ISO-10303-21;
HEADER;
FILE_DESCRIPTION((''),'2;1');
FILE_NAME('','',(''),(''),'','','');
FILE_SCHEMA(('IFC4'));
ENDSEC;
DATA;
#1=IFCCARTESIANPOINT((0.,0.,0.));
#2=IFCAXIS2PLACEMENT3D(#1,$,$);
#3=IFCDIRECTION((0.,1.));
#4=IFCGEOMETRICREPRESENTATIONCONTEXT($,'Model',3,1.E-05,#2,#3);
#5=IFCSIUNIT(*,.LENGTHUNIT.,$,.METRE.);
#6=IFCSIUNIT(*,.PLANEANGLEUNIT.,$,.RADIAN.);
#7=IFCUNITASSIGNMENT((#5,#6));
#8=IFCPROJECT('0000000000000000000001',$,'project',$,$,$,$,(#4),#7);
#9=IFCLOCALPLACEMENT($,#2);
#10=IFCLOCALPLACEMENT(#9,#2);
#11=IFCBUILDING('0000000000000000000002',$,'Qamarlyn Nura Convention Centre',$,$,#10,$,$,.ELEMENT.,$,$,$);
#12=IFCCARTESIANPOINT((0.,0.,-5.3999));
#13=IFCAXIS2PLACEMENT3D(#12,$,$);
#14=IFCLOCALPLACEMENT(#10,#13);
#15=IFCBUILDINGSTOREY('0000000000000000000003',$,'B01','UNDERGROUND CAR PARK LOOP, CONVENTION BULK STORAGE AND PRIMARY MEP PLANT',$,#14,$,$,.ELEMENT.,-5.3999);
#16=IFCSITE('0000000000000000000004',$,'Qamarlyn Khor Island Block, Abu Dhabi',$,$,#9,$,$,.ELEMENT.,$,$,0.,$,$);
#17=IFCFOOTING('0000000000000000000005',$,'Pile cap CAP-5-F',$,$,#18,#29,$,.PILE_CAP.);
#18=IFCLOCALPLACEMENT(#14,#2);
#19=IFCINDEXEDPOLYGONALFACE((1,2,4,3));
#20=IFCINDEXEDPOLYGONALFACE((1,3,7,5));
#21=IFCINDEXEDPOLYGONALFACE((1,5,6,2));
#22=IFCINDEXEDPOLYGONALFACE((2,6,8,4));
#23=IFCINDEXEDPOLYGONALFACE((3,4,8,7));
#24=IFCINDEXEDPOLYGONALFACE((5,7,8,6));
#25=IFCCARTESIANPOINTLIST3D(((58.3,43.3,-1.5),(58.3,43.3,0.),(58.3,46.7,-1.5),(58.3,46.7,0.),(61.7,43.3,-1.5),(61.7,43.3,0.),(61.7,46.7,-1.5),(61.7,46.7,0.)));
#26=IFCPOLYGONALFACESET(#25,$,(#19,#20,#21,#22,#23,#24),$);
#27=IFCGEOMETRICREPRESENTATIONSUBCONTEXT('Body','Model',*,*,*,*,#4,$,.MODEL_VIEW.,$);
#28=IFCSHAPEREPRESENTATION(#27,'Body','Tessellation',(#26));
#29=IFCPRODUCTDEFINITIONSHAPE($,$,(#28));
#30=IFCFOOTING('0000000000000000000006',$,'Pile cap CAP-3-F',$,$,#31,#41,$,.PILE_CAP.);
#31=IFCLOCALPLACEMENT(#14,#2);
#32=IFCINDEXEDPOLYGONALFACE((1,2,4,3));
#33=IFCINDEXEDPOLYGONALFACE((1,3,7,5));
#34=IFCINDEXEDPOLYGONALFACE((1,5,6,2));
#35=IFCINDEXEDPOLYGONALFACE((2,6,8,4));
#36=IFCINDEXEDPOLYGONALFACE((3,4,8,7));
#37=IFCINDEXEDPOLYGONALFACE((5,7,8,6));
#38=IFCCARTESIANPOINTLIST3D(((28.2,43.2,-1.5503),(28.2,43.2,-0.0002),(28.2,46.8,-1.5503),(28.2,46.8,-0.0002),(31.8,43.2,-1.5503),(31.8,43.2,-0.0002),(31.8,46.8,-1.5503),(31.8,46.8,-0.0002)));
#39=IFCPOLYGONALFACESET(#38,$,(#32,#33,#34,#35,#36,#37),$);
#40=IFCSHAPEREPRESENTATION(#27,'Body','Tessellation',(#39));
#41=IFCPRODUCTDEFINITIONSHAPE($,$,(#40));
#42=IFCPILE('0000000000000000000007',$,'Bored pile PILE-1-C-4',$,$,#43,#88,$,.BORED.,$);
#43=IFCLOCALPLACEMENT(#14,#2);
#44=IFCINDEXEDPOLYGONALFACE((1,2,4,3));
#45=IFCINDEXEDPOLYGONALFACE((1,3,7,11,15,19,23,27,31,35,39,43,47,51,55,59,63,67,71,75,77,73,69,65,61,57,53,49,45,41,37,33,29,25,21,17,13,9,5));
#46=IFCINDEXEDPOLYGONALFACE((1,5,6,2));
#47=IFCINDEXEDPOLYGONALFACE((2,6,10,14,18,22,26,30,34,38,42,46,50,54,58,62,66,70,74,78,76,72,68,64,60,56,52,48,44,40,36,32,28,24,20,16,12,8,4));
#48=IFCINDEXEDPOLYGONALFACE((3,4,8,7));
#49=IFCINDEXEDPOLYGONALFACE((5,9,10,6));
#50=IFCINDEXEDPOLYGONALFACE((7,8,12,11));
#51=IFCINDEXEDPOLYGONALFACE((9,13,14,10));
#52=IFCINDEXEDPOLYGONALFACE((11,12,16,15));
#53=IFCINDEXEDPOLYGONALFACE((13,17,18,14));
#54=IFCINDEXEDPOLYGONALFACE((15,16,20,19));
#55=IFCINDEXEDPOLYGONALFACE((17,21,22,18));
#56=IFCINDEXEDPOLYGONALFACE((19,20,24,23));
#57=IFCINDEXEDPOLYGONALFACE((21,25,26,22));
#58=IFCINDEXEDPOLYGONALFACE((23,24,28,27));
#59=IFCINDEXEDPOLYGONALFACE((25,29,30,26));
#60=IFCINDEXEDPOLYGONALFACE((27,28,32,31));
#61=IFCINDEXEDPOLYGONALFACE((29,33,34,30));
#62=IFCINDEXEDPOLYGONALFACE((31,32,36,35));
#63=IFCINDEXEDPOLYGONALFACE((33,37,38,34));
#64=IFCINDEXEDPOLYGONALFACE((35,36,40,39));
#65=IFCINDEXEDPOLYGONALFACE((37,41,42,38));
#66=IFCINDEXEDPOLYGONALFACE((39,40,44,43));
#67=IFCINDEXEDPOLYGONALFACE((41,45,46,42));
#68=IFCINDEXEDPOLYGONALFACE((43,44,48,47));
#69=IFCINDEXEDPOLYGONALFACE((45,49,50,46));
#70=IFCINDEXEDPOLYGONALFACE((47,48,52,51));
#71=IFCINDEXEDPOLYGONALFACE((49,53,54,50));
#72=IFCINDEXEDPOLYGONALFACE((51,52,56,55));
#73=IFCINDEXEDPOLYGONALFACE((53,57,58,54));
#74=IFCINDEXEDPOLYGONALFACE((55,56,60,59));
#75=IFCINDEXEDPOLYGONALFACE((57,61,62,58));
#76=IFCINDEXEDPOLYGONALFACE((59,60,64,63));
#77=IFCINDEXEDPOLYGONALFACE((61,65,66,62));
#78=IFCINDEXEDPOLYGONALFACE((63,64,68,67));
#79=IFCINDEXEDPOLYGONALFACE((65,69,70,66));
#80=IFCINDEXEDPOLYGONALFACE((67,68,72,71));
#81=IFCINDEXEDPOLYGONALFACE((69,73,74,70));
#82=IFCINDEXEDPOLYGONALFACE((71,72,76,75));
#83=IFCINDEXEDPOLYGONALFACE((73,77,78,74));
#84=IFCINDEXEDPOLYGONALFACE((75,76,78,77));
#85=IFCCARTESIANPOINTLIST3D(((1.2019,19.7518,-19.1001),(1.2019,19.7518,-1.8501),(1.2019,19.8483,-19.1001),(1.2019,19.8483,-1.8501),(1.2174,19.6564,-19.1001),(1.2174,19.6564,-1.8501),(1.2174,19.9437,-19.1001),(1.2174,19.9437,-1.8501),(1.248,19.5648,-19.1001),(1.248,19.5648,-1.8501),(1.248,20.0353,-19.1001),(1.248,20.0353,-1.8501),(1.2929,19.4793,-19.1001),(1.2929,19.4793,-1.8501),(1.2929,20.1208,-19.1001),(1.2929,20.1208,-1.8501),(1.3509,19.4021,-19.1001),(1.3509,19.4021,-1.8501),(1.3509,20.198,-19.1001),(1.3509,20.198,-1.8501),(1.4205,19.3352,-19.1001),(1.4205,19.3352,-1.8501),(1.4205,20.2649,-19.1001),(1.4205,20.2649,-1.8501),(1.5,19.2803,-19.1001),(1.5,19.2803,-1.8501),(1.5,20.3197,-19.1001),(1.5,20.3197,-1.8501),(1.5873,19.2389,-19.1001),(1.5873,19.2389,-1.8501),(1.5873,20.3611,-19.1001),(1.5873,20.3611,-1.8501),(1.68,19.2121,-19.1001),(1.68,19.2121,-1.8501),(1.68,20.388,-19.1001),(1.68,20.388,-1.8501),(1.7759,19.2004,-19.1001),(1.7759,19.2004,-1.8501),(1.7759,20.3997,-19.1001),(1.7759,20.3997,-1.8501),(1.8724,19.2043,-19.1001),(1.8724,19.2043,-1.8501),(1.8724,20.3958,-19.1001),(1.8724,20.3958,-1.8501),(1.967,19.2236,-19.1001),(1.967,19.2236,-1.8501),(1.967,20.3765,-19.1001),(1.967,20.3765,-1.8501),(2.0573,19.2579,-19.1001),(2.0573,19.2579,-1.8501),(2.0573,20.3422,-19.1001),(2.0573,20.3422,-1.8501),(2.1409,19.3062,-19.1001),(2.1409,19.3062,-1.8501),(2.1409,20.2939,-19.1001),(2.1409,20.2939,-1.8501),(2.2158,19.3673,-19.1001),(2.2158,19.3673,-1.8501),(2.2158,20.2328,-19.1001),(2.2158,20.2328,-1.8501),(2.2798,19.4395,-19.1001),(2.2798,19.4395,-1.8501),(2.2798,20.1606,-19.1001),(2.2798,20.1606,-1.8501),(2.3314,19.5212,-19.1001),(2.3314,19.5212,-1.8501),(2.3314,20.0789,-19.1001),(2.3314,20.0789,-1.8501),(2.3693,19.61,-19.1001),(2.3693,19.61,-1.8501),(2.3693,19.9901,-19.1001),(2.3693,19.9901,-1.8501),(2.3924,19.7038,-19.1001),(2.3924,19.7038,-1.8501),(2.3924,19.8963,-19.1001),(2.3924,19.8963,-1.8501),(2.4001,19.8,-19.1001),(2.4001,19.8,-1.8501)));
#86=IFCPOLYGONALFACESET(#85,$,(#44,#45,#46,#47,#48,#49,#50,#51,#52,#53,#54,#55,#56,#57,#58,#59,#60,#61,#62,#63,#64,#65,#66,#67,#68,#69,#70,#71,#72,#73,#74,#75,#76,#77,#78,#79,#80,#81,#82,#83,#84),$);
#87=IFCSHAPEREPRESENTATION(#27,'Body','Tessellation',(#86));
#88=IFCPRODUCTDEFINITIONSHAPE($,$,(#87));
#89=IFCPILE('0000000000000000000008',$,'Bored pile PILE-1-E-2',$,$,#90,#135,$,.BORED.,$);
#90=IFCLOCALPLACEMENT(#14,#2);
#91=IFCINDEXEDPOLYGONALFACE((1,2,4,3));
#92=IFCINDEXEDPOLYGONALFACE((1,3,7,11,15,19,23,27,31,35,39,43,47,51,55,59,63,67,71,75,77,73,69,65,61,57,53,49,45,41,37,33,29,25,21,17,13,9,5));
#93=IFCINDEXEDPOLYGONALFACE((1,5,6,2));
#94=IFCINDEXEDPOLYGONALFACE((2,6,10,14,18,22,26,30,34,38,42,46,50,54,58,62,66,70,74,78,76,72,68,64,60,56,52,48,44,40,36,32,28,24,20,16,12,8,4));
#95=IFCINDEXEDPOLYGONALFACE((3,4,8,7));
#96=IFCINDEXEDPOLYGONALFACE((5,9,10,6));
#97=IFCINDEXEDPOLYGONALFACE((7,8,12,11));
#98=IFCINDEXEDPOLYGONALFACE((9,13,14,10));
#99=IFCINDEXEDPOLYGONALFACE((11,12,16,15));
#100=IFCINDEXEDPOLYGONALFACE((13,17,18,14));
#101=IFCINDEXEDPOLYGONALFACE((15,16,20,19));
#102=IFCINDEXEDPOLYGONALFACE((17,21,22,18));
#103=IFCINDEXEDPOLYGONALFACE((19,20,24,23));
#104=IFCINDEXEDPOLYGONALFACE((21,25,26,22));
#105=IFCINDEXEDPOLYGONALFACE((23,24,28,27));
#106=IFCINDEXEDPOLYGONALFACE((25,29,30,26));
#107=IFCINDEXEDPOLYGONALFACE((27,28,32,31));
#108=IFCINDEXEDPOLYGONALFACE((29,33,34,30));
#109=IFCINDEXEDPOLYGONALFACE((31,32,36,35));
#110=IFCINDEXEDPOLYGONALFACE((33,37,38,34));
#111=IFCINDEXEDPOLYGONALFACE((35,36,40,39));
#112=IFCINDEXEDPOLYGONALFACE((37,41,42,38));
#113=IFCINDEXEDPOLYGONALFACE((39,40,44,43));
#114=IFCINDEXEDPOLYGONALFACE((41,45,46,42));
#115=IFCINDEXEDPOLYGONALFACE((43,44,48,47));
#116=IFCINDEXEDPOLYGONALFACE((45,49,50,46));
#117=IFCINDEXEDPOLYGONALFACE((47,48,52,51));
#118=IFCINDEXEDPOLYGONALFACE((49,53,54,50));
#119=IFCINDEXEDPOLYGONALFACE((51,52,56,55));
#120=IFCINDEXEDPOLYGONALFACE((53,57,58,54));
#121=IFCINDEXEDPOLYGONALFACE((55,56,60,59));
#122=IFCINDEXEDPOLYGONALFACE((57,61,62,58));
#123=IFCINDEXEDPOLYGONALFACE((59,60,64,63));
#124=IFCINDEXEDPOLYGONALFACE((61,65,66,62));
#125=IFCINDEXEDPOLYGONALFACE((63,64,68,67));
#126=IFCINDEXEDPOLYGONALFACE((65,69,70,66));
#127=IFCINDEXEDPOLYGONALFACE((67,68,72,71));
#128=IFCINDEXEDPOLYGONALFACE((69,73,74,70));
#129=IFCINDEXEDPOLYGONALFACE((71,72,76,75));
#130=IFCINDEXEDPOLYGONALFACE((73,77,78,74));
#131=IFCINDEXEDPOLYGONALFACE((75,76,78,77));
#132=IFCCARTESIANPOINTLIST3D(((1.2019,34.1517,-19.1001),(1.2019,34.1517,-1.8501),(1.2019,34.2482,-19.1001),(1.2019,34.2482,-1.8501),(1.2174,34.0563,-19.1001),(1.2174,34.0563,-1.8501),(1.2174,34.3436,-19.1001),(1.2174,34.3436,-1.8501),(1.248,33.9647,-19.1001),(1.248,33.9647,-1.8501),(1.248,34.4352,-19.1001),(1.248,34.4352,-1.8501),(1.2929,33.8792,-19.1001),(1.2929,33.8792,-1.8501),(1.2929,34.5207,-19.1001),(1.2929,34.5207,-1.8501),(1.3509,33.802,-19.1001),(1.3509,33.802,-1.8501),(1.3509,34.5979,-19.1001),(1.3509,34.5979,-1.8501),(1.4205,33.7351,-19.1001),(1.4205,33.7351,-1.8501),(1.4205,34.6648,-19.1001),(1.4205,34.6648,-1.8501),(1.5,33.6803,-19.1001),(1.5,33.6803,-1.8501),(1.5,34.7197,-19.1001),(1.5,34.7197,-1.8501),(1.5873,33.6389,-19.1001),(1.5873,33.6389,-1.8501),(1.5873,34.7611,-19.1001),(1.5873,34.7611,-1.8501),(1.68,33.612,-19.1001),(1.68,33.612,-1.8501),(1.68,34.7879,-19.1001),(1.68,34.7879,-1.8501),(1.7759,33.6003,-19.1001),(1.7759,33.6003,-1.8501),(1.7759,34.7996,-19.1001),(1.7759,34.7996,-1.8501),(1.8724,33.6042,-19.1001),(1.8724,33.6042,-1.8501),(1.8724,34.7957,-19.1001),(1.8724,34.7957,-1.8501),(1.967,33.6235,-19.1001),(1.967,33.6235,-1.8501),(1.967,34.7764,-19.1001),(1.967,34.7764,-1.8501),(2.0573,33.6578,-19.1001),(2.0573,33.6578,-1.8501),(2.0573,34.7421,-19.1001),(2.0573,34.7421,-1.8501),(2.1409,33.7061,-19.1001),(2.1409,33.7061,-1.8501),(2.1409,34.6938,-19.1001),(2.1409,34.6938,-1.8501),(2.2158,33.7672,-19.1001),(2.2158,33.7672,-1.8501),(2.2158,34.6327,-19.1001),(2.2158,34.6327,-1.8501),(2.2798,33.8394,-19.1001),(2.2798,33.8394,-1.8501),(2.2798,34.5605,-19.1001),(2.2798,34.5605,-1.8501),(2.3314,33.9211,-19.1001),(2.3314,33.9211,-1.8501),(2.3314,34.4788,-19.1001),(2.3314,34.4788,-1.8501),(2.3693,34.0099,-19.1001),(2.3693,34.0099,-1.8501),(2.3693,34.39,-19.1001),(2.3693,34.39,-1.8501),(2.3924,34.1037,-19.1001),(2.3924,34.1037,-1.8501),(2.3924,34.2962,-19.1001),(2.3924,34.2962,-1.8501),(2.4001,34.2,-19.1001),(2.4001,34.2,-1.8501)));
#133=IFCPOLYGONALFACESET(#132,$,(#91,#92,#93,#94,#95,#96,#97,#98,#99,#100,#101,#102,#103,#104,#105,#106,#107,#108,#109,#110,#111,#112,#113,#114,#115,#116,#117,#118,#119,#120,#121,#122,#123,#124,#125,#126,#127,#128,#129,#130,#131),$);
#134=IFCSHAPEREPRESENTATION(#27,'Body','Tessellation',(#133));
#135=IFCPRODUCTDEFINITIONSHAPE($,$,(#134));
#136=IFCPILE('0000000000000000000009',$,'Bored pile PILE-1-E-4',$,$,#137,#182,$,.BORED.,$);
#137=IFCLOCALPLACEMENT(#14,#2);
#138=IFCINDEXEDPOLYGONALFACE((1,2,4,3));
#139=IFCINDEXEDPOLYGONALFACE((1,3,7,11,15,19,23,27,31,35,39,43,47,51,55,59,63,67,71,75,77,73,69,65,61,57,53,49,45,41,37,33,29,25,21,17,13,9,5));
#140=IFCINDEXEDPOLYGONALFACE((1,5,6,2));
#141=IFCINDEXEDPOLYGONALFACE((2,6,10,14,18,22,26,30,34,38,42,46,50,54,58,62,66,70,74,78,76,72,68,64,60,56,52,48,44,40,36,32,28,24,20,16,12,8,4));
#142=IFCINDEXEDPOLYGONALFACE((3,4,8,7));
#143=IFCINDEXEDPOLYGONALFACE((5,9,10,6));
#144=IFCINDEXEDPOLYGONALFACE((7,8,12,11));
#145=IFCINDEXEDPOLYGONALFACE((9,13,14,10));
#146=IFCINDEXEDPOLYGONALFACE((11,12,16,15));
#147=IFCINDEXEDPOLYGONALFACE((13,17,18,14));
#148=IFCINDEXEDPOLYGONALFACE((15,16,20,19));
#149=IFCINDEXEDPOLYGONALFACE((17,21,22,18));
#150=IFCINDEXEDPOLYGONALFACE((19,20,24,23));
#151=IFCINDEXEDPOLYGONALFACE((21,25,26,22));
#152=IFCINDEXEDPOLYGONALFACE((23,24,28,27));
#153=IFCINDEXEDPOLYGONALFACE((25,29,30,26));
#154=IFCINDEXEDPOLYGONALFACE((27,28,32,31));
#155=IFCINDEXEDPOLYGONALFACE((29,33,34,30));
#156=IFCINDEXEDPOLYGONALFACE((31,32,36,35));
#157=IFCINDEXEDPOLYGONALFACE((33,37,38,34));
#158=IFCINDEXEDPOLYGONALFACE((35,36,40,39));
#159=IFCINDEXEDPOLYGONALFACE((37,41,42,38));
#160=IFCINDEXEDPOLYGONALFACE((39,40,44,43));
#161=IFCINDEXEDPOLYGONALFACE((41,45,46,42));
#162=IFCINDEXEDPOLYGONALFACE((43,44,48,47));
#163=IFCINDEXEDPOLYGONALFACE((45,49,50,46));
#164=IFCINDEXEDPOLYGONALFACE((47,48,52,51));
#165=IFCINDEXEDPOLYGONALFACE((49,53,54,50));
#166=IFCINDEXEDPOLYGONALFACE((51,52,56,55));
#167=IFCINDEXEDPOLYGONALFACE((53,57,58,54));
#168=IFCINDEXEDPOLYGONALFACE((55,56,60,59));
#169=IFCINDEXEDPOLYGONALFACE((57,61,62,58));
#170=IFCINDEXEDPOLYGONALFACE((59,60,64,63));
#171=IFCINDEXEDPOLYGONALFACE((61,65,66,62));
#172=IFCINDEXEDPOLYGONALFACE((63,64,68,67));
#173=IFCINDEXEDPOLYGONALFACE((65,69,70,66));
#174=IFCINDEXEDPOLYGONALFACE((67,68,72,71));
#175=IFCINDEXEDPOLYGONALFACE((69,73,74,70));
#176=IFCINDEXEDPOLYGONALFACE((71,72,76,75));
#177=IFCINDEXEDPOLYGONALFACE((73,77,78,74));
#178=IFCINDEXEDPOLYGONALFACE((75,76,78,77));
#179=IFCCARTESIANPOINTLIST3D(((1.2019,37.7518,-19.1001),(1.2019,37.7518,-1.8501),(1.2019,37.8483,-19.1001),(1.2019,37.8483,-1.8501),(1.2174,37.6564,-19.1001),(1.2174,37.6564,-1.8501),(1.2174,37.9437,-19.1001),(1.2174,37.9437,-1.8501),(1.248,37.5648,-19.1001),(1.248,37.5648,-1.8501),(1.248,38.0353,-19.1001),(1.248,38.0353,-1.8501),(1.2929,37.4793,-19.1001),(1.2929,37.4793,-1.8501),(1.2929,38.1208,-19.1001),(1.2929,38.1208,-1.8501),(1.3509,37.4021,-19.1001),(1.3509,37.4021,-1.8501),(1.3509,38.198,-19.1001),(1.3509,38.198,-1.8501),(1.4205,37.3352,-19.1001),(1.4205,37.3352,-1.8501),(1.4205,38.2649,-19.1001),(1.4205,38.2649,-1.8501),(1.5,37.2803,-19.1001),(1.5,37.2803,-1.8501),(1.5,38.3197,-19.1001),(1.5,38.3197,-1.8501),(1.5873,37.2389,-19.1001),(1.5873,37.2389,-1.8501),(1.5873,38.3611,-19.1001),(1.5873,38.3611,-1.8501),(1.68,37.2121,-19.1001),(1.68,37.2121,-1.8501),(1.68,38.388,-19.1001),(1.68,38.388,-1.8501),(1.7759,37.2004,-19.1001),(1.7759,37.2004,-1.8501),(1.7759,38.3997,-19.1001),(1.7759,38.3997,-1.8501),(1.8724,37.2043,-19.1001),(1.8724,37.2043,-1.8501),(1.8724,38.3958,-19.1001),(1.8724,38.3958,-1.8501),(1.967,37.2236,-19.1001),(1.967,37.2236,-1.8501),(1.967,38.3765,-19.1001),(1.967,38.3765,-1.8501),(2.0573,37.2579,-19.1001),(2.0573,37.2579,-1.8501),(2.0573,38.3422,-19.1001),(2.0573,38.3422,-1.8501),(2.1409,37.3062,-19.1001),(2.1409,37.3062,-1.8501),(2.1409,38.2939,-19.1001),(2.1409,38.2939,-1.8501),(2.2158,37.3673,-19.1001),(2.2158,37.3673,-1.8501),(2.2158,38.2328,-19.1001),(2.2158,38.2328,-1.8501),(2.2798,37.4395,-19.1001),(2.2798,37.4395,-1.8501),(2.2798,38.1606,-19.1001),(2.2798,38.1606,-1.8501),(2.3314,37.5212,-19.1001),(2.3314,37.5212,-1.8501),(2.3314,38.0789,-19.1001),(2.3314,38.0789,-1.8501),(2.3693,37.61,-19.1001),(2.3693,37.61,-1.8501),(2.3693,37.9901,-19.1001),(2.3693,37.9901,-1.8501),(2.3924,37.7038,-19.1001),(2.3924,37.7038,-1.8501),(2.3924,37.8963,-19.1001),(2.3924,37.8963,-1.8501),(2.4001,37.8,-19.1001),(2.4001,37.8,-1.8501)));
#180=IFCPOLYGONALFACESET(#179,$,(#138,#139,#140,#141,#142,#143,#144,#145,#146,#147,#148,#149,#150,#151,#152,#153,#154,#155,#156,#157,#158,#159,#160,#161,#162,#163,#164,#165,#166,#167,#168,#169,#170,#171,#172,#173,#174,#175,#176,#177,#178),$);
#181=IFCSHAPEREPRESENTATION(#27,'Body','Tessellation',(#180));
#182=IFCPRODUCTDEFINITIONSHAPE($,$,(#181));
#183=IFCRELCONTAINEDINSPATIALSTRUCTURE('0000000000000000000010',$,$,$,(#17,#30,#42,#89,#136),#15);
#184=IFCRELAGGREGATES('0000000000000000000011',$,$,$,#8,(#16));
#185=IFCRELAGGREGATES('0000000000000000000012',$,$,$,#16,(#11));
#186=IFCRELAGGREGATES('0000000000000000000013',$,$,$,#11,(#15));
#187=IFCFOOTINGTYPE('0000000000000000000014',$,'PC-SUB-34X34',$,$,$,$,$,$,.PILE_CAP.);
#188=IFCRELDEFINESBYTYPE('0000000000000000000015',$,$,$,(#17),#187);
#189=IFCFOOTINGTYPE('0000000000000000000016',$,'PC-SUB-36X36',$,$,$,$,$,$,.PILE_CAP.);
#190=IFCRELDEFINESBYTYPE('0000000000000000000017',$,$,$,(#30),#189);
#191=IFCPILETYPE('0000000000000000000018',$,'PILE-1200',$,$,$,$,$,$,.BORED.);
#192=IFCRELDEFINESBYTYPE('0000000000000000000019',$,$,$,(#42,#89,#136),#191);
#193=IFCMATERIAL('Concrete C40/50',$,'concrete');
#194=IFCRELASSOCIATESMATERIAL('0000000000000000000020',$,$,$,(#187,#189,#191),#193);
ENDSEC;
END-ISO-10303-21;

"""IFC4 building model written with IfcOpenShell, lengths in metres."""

from ifc_helpers import new_model, si_unit, direction, frame, origin, origin_2d, place, context, subcontext, project, spatial, rectangle, circle, extrude, material, material_profile, profile_set, type_object, element, save


model = new_model("IFC4")

# Units and contexts
model_context = context("Model", 3, precision=1e-05, world=origin(), true_north=direction((0.0, 1.0)))
body_context = subcontext(model_context, "Body", "Model", "MODEL_VIEW")
ifc_project = project(units=[si_unit("LENGTHUNIT", "METRE"), si_unit("PLANEANGLEUNIT", "RADIAN")], contexts=[model_context])

# Site, building, storey
site_placement = place(None, origin())
site = spatial("IfcSite", under=ifc_project, at=site_placement, Name="Qamarlyn Khor Island Block, Abu Dhabi", CompositionType="ELEMENT", RefElevation=0.0)
building_placement = place(site_placement, origin())
building = spatial("IfcBuilding", under=site, at=building_placement, Name="Qamarlyn Nura Convention Centre", CompositionType="ELEMENT")
storey_placement = place(building_placement, frame((0.0, 0.0, -5.3999)))
storey = spatial("IfcBuildingStorey", under=building, at=storey_placement, Name="B01", Description="UNDERGROUND CAR PARK LOOP, CONVENTION BULK STORAGE AND PRIMARY MEP PLANT", CompositionType="ELEMENT", Elevation=-5.3999)

# Footings
ifc_material_1 = material(Name="Concrete C40/50", Category="concrete")
footing_type_1 = type_object("IfcFootingType", Name="PC-SUB-34X34", PredefinedType="PILE_CAP", material=ifc_material_1)
footing_1_placement = place(storey_placement, frame((60.0, 45.0, -1.5), z_axis=(0.0, 0.0, 1.0), x_axis=(1.0, 0.0, 0.0)))
element("IfcFooting", 1, at=footing_1_placement, inside=storey, type_object=footing_type_1, Name="Pile cap CAP-5-F", PredefinedType="PILE_CAP", context=body_context, shape_type="SweptSolid", body=[
    extrude(rectangle(XDim=3.3999, YDim=3.3999, at=origin_2d()), origin(), (0.0, 0.0, 1.0), 1.5),
])
footing_type_2 = type_object("IfcFootingType", Name="PC-SUB-36X36", PredefinedType="PILE_CAP", material=ifc_material_1)
footing_2_placement = place(storey_placement, frame((30.0, 45.0, -1.5503), z_axis=(0.0, 0.0, 1.0), x_axis=(1.0, 0.0, 0.0)))
element("IfcFooting", 2, at=footing_2_placement, inside=storey, type_object=footing_type_2, Name="Pile cap CAP-3-F", PredefinedType="PILE_CAP", context=body_context, shape_type="SweptSolid", body=[
    extrude(rectangle(XDim=3.6001, YDim=3.6001, at=origin_2d()), origin(), (0.0, 0.0, 1.0), 1.55),
])

# Piles
ifc_material_profile_1 = material_profile(ifc_material_1, circle(Radius=0.6001, at=origin_2d()), Name="BORED PILE 1200")
ifc_profile_set_1 = profile_set([ifc_material_profile_1], Name="Concrete C40/50")
pile_type_1 = type_object("IfcPileType", Name="PILE-1200", PredefinedType="BORED", material=ifc_profile_set_1)
for number, where, z_axis, x_axis, name in (
    (3, (1.8, 19.8, -1.8501), (0.0, 0.0, -1.0), (1.0, 0.0, 0.0), "Bored pile PILE-1-C-4"),
    (4, (1.8, 34.2, -1.8501), (0.0, 0.0, -1.0), (1.0, 0.0, 0.0), "Bored pile PILE-1-E-2"),
    (5, (1.8, 37.8, -1.8501), (0.0, 0.0, -1.0), (1.0, 0.0, 0.0), "Bored pile PILE-1-E-4"),
):
    element("IfcPile", number, at=place(storey_placement, frame(where, z_axis=z_axis, x_axis=x_axis)), inside=storey, type_object=pile_type_1, Name=name, PredefinedType="BORED", context=body_context, shape_type="SweptSolid", body=[
        extrude(circle(Radius=0.6001, at=origin_2d()), origin(), (0.0, 0.0, 1.0), 17.25),
    ])

save(model, "model.ifc")
